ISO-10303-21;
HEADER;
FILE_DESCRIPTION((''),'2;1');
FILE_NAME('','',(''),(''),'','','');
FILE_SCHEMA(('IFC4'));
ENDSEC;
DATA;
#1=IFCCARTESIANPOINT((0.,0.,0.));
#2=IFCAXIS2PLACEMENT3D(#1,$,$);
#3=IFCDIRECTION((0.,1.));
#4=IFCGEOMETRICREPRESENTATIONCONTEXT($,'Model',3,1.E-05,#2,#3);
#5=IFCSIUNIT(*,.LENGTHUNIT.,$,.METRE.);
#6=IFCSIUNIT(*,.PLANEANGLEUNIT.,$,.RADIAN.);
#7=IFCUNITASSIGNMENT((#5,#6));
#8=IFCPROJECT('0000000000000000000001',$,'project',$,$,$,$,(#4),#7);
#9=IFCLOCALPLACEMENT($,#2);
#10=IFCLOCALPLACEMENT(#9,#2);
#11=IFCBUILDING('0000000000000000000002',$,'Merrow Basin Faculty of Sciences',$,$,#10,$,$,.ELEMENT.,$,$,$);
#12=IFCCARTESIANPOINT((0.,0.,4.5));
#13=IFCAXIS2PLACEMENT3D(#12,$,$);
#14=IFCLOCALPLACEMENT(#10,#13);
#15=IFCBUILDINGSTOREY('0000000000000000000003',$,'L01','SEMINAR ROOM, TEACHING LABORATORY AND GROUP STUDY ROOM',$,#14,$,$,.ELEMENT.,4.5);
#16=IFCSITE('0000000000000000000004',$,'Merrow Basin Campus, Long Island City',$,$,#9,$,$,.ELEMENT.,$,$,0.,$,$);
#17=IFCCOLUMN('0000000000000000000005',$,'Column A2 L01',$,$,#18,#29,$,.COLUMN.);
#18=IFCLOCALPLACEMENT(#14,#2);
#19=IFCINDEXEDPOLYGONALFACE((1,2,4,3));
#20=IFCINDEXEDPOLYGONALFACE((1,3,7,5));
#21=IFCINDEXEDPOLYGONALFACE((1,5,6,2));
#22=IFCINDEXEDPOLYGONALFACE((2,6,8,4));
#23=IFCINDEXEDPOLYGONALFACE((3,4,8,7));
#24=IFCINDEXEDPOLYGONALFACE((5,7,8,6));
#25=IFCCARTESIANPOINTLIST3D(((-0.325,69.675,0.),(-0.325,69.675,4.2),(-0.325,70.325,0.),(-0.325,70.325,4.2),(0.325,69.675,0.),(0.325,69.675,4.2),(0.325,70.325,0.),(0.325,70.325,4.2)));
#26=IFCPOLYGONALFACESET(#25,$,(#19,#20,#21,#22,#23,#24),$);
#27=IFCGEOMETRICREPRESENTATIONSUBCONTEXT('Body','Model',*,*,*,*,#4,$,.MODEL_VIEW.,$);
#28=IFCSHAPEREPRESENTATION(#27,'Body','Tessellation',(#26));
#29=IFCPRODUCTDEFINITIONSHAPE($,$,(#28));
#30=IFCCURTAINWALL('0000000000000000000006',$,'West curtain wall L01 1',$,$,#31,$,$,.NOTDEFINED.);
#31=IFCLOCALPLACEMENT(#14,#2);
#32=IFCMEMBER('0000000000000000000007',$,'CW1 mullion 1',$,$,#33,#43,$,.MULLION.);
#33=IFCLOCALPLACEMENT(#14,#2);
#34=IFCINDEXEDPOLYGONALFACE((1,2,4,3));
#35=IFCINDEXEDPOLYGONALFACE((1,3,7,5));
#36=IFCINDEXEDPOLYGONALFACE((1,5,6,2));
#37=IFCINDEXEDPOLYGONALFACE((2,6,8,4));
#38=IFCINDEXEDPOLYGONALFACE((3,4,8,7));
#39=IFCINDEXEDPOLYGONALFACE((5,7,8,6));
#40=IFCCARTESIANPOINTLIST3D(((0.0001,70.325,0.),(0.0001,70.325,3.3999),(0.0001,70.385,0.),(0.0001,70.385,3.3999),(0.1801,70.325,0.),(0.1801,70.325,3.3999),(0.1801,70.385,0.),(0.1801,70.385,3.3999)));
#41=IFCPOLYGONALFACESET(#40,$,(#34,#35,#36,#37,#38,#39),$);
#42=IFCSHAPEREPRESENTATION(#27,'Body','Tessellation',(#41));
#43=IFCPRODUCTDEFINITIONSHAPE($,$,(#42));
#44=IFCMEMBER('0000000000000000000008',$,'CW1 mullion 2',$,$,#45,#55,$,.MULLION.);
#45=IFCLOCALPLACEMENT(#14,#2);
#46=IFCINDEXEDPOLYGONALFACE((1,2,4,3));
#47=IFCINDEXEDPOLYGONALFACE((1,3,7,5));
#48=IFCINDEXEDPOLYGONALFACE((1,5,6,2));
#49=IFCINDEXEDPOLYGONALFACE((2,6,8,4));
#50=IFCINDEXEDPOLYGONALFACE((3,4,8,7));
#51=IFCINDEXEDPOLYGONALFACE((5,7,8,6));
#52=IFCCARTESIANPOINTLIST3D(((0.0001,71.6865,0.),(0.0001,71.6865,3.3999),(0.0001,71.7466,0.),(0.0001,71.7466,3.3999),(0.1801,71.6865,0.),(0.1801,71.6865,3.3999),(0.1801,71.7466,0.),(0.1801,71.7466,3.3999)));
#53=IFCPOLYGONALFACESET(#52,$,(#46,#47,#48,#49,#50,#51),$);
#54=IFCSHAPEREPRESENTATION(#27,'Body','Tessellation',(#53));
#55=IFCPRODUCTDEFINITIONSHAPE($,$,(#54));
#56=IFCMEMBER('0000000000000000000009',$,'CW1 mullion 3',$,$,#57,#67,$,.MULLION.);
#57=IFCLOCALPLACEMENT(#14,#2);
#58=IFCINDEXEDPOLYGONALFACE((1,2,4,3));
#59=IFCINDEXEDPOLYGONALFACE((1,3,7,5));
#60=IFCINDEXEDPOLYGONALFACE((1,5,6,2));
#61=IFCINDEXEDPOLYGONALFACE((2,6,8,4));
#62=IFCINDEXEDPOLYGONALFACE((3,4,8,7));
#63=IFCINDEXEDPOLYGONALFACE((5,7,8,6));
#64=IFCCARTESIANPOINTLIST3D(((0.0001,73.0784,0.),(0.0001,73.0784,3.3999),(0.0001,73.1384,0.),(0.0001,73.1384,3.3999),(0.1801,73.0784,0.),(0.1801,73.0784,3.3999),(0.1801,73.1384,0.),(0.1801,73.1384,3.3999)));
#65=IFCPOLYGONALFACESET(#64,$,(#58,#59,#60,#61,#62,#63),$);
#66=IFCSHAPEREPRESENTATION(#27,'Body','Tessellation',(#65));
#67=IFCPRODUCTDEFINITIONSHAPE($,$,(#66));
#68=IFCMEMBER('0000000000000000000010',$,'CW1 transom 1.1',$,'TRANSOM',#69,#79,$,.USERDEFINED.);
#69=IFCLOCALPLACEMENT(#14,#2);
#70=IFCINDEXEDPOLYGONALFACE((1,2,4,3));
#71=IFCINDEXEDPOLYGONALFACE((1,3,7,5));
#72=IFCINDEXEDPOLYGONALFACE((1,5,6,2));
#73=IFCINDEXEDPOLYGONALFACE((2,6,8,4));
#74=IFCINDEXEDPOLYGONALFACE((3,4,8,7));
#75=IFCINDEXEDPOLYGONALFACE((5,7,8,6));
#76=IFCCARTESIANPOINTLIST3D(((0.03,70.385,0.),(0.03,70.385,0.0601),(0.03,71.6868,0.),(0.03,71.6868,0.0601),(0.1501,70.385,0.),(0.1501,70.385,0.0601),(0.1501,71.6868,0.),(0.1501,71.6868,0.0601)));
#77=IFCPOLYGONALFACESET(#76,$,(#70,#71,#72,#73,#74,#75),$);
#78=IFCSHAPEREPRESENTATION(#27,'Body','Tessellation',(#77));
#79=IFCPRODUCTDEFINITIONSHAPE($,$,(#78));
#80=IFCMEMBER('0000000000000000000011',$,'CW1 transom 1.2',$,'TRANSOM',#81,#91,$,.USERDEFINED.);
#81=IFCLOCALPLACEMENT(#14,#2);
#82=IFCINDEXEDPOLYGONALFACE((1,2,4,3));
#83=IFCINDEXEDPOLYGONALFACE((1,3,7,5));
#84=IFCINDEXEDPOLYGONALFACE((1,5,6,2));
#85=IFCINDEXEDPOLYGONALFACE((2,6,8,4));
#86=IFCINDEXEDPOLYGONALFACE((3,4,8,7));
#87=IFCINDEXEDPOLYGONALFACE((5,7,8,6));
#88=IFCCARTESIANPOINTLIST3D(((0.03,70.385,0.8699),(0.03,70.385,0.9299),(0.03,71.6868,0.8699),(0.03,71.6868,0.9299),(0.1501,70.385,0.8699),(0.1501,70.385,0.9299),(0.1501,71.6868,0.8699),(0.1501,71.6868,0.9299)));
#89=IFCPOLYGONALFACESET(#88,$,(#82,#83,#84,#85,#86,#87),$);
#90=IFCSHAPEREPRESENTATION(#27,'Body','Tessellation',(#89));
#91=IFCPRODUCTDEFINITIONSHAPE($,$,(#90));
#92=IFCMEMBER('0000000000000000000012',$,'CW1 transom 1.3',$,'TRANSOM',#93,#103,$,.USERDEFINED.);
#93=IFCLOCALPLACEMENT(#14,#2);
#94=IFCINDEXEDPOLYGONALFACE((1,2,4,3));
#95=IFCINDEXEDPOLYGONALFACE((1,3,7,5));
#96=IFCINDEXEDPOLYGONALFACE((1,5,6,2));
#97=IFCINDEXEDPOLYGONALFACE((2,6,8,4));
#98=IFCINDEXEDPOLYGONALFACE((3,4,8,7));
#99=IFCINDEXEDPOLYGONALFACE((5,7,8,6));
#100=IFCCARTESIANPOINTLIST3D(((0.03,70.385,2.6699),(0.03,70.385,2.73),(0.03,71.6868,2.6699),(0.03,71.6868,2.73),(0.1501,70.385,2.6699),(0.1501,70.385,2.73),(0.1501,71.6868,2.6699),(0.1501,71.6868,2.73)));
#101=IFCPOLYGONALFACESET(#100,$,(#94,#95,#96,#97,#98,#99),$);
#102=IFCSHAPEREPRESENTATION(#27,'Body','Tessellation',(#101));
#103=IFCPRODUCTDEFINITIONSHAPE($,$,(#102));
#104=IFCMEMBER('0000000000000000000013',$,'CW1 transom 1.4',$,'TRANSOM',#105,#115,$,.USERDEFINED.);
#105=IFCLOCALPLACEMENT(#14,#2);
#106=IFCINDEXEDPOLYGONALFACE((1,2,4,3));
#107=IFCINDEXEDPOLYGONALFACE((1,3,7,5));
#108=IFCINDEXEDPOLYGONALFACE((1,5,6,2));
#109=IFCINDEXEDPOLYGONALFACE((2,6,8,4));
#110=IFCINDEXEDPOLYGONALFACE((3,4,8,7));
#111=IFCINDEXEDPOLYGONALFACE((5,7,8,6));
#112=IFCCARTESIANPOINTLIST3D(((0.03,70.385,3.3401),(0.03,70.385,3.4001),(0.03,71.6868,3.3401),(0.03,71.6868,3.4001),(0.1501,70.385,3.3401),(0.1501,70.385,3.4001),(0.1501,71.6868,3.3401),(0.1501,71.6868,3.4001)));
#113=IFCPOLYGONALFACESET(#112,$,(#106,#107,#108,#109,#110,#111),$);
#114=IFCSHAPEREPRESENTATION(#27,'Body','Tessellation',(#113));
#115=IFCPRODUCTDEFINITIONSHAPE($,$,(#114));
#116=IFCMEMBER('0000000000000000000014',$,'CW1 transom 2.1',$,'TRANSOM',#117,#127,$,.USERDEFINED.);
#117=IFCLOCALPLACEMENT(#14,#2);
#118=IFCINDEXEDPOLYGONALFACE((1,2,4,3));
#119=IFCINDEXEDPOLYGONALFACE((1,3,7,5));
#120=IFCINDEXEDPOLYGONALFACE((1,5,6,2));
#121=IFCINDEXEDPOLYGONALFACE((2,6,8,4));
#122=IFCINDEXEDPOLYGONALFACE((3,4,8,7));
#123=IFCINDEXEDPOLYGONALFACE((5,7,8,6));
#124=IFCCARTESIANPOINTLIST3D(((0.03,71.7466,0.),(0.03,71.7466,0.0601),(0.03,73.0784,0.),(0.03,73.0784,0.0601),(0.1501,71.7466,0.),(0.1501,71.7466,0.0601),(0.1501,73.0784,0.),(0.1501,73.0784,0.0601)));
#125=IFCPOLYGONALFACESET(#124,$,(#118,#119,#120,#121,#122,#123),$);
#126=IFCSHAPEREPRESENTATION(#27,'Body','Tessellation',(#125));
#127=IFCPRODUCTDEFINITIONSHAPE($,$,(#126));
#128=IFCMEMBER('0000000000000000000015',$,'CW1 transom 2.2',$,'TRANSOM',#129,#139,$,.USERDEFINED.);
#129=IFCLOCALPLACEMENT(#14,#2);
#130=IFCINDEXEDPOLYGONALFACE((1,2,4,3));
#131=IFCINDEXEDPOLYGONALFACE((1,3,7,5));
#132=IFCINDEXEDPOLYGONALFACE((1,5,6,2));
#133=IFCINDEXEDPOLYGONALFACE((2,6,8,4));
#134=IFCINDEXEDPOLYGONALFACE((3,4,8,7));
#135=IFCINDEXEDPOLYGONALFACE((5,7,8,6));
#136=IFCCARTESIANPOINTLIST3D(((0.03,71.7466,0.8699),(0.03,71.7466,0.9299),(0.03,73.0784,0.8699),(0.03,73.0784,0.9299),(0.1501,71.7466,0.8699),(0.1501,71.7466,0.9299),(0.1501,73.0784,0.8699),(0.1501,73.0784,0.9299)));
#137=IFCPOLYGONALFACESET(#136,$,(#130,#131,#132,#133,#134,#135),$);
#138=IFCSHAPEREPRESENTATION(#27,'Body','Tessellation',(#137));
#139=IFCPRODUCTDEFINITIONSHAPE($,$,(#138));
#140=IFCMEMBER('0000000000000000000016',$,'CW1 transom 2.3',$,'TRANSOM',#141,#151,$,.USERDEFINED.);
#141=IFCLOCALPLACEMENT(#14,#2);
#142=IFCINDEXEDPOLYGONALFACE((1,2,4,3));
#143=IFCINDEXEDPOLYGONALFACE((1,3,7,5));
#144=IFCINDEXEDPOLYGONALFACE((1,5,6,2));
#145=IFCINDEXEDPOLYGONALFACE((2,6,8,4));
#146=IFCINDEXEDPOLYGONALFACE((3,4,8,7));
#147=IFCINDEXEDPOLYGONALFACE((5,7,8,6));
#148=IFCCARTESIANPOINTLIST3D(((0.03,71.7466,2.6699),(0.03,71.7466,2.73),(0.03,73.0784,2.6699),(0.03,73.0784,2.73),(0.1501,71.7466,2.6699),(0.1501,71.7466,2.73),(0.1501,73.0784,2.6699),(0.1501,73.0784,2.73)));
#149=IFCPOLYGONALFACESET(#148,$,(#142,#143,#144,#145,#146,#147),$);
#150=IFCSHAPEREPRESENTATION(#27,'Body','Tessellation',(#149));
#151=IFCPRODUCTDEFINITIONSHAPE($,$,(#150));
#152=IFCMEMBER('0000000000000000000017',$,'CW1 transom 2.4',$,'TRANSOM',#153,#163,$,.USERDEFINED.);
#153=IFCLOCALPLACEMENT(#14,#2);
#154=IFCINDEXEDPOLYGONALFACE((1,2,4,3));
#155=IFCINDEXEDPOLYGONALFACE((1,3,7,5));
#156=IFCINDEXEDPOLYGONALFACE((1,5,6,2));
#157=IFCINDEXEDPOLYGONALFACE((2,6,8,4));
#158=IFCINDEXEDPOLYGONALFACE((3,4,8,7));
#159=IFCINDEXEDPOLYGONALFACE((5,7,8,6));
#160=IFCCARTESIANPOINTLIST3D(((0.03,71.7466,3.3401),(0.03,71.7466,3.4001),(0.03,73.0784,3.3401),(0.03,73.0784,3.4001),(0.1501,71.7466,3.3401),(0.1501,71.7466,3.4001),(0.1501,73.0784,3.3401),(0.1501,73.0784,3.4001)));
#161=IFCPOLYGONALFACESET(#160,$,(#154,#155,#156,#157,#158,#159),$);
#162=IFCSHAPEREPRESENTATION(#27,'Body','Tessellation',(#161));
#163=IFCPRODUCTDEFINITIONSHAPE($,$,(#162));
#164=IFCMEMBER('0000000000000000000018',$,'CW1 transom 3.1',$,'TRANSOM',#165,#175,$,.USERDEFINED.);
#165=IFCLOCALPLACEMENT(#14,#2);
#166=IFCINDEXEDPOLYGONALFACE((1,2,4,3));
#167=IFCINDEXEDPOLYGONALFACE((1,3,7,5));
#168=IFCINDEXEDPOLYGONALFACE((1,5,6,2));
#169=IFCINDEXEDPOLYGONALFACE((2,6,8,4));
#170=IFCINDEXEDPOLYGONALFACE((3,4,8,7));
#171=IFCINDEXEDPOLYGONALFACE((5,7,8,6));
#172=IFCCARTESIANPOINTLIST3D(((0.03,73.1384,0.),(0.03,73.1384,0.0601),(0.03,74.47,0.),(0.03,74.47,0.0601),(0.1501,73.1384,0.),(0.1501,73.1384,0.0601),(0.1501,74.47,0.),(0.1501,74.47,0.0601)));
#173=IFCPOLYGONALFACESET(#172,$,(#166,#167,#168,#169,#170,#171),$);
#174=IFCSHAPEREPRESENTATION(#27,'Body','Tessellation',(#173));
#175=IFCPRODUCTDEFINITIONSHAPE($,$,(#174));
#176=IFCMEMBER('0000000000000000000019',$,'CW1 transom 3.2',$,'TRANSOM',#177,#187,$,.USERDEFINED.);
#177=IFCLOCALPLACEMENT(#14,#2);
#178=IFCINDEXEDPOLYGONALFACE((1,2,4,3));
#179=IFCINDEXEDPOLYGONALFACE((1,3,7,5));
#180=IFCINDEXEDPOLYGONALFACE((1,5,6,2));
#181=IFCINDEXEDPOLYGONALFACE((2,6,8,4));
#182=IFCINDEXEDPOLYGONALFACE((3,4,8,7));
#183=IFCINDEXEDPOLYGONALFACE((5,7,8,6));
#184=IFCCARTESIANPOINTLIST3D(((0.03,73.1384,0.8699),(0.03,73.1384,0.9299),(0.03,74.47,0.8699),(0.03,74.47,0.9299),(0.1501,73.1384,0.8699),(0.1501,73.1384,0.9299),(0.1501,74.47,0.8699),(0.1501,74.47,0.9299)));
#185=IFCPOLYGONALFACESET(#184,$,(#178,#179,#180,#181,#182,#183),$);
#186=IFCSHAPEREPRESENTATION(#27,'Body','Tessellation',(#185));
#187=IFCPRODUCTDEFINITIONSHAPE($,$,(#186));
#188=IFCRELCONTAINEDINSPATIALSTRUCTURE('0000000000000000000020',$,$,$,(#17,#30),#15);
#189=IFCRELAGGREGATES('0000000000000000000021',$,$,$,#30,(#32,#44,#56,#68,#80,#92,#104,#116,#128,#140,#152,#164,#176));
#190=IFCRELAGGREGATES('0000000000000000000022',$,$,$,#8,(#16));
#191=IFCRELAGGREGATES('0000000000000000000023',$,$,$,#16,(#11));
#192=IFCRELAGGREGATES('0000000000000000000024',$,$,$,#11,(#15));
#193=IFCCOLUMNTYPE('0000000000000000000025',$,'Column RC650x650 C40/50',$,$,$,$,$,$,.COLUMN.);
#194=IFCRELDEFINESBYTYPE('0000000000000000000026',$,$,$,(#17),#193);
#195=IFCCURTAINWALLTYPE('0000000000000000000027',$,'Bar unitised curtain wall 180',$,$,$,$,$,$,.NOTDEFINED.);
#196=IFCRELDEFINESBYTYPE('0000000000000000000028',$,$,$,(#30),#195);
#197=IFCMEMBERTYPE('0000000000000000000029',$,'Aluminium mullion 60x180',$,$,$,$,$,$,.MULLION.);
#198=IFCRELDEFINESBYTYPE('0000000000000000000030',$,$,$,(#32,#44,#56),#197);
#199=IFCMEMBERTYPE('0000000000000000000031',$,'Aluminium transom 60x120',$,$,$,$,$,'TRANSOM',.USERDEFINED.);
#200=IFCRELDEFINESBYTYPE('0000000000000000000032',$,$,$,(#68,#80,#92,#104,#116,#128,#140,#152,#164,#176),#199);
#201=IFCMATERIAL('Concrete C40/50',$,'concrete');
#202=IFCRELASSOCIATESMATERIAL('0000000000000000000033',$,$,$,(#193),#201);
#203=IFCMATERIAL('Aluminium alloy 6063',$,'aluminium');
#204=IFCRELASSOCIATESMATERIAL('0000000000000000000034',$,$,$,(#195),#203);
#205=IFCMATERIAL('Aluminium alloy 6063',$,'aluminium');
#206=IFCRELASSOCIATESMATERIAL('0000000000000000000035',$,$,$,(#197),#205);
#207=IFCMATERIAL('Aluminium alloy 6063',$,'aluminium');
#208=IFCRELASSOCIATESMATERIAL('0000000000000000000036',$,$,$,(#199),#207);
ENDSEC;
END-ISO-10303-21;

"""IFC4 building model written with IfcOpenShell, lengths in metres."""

from ifc_helpers import new_model, si_unit, direction, frame, origin, origin_2d, place, context, subcontext, project, spatial, rectangle, extrude, material, material_profile, profile_set, type_object, element, aggregate, save


model = new_model("IFC4")

# Units and contexts
model_context = context("Model", 3, precision=1e-05, world=origin(), true_north=direction((0.0, 1.0)))
body_context = subcontext(model_context, "Body", "Model", "MODEL_VIEW")
ifc_project = project(units=[si_unit("LENGTHUNIT", "METRE"), si_unit("PLANEANGLEUNIT", "RADIAN")], contexts=[model_context])

# Site, building, storey
site_placement = place(None, origin())
site = spatial("IfcSite", under=ifc_project, at=site_placement, Name="Merrow Basin Campus, Long Island City", CompositionType="ELEMENT", RefElevation=0.0)
building_placement = place(site_placement, origin())
building = spatial("IfcBuilding", under=site, at=building_placement, Name="Merrow Basin Faculty of Sciences", CompositionType="ELEMENT")
storey_placement = place(building_placement, frame((0.0, 0.0, 4.5)))
storey = spatial("IfcBuildingStorey", under=building, at=storey_placement, Name="L01", Description="SEMINAR ROOM, TEACHING LABORATORY AND GROUP STUDY ROOM", CompositionType="ELEMENT", Elevation=4.5)

# Column
ifc_material_1 = material(Name="Concrete C40/50", Category="concrete")
ifc_material_profile_1 = material_profile(ifc_material_1, rectangle(XDim=0.6499, YDim=0.6499, at=origin_2d()))
ifc_profile_set_1 = profile_set([ifc_material_profile_1], Name="Concrete C40/50")
column_type = type_object("IfcColumnType", Name="Column RC650x650 C40/50", PredefinedType="COLUMN", material=ifc_profile_set_1)
column_placement = place(storey_placement, frame((0.0, 70.0, 0.0), z_axis=(0.0, 0.0, 1.0), x_axis=(1.0, 0.0, 0.0)))
element("IfcColumn", 1, at=column_placement, inside=storey, type_object=column_type, Name="Column A2 L01", PredefinedType="COLUMN", context=body_context, shape_type="SweptSolid", body=[
    extrude(rectangle(XDim=0.6499, YDim=0.6499, at=origin_2d()), origin(), (0.0, 0.0, 1.0), 4.2),
])

# Curtain wall, members
ifc_material_2 = material(Name="Aluminium alloy 6063", Category="aluminium")
curtain_wall_type = type_object("IfcCurtainWallType", Name="Bar unitised curtain wall 180", PredefinedType="NOTDEFINED", material=ifc_material_2)
curtain_wall_placement = place(storey_placement, origin())
curtain_wall = element("IfcCurtainWall", 2, at=curtain_wall_placement, inside=storey, type_object=curtain_wall_type, Name="West curtain wall L01 1", PredefinedType="NOTDEFINED")
ifc_material_3 = material(Name="Aluminium alloy 6063", Category="aluminium")
ifc_material_profile_2 = material_profile(ifc_material_3, rectangle(XDim=0.1799, YDim=0.0601, at=origin_2d()))
ifc_profile_set_2 = profile_set([ifc_material_profile_2], Name="Aluminium alloy 6063")
member_type_1 = type_object("IfcMemberType", Name="Aluminium mullion 60x180", PredefinedType="MULLION", material=ifc_profile_set_2)
member_1_placement = place(storey_placement, frame((0.0901, 70.355, 0.0), z_axis=(0.0, 0.0, 1.0), x_axis=(-1.0, 0.0, 0.0)))
member_1 = element("IfcMember", 3, at=member_1_placement, type_object=member_type_1, Name="CW1 mullion 1", PredefinedType="MULLION", context=body_context, shape_type="SweptSolid", body=[
    extrude(rectangle(XDim=0.1799, YDim=0.0601, at=origin_2d()), origin(), (0.0, 0.0, 1.0), 3.3999),
])
member_2_placement = place(storey_placement, frame((0.0901, 71.7166, 0.0), z_axis=(0.0, 0.0, 1.0), x_axis=(-1.0, 0.0, 0.0)))
member_2 = element("IfcMember", 4, at=member_2_placement, type_object=member_type_1, Name="CW1 mullion 2", PredefinedType="MULLION", context=body_context, shape_type="SweptSolid", body=[
    extrude(rectangle(XDim=0.1799, YDim=0.0601, at=origin_2d()), origin(), (0.0, 0.0, 1.0), 3.3999),
])
member_3_placement = place(storey_placement, frame((0.0901, 73.1084, 0.0), z_axis=(0.0, 0.0, 1.0), x_axis=(-1.0, 0.0, 0.0)))
member_3 = element("IfcMember", 5, at=member_3_placement, type_object=member_type_1, Name="CW1 mullion 3", PredefinedType="MULLION", context=body_context, shape_type="SweptSolid", body=[
    extrude(rectangle(XDim=0.1799, YDim=0.0601, at=origin_2d()), origin(), (0.0, 0.0, 1.0), 3.3999),
])
ifc_material_4 = material(Name="Aluminium alloy 6063", Category="aluminium")
ifc_material_profile_3 = material_profile(ifc_material_4, rectangle(XDim=0.1201, YDim=0.0601, at=origin_2d()))
ifc_profile_set_3 = profile_set([ifc_material_profile_3], Name="Aluminium alloy 6063")
member_type_2 = type_object("IfcMemberType", Name="Aluminium transom 60x120", ElementType="TRANSOM", PredefinedType="USERDEFINED", material=ifc_profile_set_3)
member_4_placement = place(storey_placement, frame((0.0901, 70.385, 0.03), z_axis=(0.0, 1.0, 0.0), x_axis=(-1.0, 0.0, 0.0)))
member_4 = element("IfcMember", 6, at=member_4_placement, type_object=member_type_2, Name="CW1 transom 1.1", ObjectType="TRANSOM", PredefinedType="USERDEFINED", context=body_context, shape_type="SweptSolid", body=[
    extrude(rectangle(XDim=0.1201, YDim=0.0601, at=origin_2d()), origin(), (0.0, 0.0, 1.0), 1.3018),
])
member_5_placement = place(storey_placement, frame((0.0901, 70.385, 0.8999), z_axis=(0.0, 1.0, 0.0), x_axis=(-1.0, 0.0, 0.0)))
member_5 = element("IfcMember", 7, at=member_5_placement, type_object=member_type_2, Name="CW1 transom 1.2", ObjectType="TRANSOM", PredefinedType="USERDEFINED", context=body_context, shape_type="SweptSolid", body=[
    extrude(rectangle(XDim=0.1201, YDim=0.0601, at=origin_2d()), origin(), (0.0, 0.0, 1.0), 1.3018),
])
member_6_placement = place(storey_placement, frame((0.0901, 70.385, 2.7), z_axis=(0.0, 1.0, 0.0), x_axis=(-1.0, 0.0, 0.0)))
member_6 = element("IfcMember", 8, at=member_6_placement, type_object=member_type_2, Name="CW1 transom 1.3", ObjectType="TRANSOM", PredefinedType="USERDEFINED", context=body_context, shape_type="SweptSolid", body=[
    extrude(rectangle(XDim=0.1201, YDim=0.0601, at=origin_2d()), origin(), (0.0, 0.0, 1.0), 1.3018),
])
member_7_placement = place(storey_placement, frame((0.0901, 70.385, 3.3701), z_axis=(0.0, 1.0, 0.0), x_axis=(-1.0, 0.0, 0.0)))
member_7 = element("IfcMember", 9, at=member_7_placement, type_object=member_type_2, Name="CW1 transom 1.4", ObjectType="TRANSOM", PredefinedType="USERDEFINED", context=body_context, shape_type="SweptSolid", body=[
    extrude(rectangle(XDim=0.1201, YDim=0.0601, at=origin_2d()), origin(), (0.0, 0.0, 1.0), 1.3018),
])
member_8_placement = place(storey_placement, frame((0.0901, 71.7466, 0.03), z_axis=(0.0, 1.0, 0.0), x_axis=(-1.0, 0.0, 0.0)))
member_8 = element("IfcMember", 10, at=member_8_placement, type_object=member_type_2, Name="CW1 transom 2.1", ObjectType="TRANSOM", PredefinedType="USERDEFINED", context=body_context, shape_type="SweptSolid", body=[
    extrude(rectangle(XDim=0.1201, YDim=0.0601, at=origin_2d()), origin(), (0.0, 0.0, 1.0), 1.3318),
])
member_9_placement = place(storey_placement, frame((0.0901, 71.7466, 0.8999), z_axis=(0.0, 1.0, 0.0), x_axis=(-1.0, 0.0, 0.0)))
member_9 = element("IfcMember", 11, at=member_9_placement, type_object=member_type_2, Name="CW1 transom 2.2", ObjectType="TRANSOM", PredefinedType="USERDEFINED", context=body_context, shape_type="SweptSolid", body=[
    extrude(rectangle(XDim=0.1201, YDim=0.0601, at=origin_2d()), origin(), (0.0, 0.0, 1.0), 1.3318),
])
member_10_placement = place(storey_placement, frame((0.0901, 71.7466, 2.7), z_axis=(0.0, 1.0, 0.0), x_axis=(-1.0, 0.0, 0.0)))
member_10 = element("IfcMember", 12, at=member_10_placement, type_object=member_type_2, Name="CW1 transom 2.3", ObjectType="TRANSOM", PredefinedType="USERDEFINED", context=body_context, shape_type="SweptSolid", body=[
    extrude(rectangle(XDim=0.1201, YDim=0.0601, at=origin_2d()), origin(), (0.0, 0.0, 1.0), 1.3318),
])
member_11_placement = place(storey_placement, frame((0.0901, 71.7466, 3.3701), z_axis=(0.0, 1.0, 0.0), x_axis=(-1.0, 0.0, 0.0)))
member_11 = element("IfcMember", 13, at=member_11_placement, type_object=member_type_2, Name="CW1 transom 2.4", ObjectType="TRANSOM", PredefinedType="USERDEFINED", context=body_context, shape_type="SweptSolid", body=[
    extrude(rectangle(XDim=0.1201, YDim=0.0601, at=origin_2d()), origin(), (0.0, 0.0, 1.0), 1.3318),
])
member_12_placement = place(storey_placement, frame((0.0901, 73.1384, 0.03), z_axis=(0.0, 1.0, 0.0), x_axis=(-1.0, 0.0, 0.0)))
member_12 = element("IfcMember", 14, at=member_12_placement, type_object=member_type_2, Name="CW1 transom 3.1", ObjectType="TRANSOM", PredefinedType="USERDEFINED", context=body_context, shape_type="SweptSolid", body=[
    extrude(rectangle(XDim=0.1201, YDim=0.0601, at=origin_2d()), origin(), (0.0, 0.0, 1.0), 1.3315),
])
member_13_placement = place(storey_placement, frame((0.0901, 73.1384, 0.8999), z_axis=(0.0, 1.0, 0.0), x_axis=(-1.0, 0.0, 0.0)))
member_13 = element("IfcMember", 15, at=member_13_placement, type_object=member_type_2, Name="CW1 transom 3.2", ObjectType="TRANSOM", PredefinedType="USERDEFINED", context=body_context, shape_type="SweptSolid", body=[
    extrude(rectangle(XDim=0.1201, YDim=0.0601, at=origin_2d()), origin(), (0.0, 0.0, 1.0), 1.3315),
])

aggregate(curtain_wall, [member_1, member_2, member_3, member_4, member_5, member_6, member_7, member_8, member_9, member_10, member_11, member_12, member_13])

save(model, "model.ifc")
